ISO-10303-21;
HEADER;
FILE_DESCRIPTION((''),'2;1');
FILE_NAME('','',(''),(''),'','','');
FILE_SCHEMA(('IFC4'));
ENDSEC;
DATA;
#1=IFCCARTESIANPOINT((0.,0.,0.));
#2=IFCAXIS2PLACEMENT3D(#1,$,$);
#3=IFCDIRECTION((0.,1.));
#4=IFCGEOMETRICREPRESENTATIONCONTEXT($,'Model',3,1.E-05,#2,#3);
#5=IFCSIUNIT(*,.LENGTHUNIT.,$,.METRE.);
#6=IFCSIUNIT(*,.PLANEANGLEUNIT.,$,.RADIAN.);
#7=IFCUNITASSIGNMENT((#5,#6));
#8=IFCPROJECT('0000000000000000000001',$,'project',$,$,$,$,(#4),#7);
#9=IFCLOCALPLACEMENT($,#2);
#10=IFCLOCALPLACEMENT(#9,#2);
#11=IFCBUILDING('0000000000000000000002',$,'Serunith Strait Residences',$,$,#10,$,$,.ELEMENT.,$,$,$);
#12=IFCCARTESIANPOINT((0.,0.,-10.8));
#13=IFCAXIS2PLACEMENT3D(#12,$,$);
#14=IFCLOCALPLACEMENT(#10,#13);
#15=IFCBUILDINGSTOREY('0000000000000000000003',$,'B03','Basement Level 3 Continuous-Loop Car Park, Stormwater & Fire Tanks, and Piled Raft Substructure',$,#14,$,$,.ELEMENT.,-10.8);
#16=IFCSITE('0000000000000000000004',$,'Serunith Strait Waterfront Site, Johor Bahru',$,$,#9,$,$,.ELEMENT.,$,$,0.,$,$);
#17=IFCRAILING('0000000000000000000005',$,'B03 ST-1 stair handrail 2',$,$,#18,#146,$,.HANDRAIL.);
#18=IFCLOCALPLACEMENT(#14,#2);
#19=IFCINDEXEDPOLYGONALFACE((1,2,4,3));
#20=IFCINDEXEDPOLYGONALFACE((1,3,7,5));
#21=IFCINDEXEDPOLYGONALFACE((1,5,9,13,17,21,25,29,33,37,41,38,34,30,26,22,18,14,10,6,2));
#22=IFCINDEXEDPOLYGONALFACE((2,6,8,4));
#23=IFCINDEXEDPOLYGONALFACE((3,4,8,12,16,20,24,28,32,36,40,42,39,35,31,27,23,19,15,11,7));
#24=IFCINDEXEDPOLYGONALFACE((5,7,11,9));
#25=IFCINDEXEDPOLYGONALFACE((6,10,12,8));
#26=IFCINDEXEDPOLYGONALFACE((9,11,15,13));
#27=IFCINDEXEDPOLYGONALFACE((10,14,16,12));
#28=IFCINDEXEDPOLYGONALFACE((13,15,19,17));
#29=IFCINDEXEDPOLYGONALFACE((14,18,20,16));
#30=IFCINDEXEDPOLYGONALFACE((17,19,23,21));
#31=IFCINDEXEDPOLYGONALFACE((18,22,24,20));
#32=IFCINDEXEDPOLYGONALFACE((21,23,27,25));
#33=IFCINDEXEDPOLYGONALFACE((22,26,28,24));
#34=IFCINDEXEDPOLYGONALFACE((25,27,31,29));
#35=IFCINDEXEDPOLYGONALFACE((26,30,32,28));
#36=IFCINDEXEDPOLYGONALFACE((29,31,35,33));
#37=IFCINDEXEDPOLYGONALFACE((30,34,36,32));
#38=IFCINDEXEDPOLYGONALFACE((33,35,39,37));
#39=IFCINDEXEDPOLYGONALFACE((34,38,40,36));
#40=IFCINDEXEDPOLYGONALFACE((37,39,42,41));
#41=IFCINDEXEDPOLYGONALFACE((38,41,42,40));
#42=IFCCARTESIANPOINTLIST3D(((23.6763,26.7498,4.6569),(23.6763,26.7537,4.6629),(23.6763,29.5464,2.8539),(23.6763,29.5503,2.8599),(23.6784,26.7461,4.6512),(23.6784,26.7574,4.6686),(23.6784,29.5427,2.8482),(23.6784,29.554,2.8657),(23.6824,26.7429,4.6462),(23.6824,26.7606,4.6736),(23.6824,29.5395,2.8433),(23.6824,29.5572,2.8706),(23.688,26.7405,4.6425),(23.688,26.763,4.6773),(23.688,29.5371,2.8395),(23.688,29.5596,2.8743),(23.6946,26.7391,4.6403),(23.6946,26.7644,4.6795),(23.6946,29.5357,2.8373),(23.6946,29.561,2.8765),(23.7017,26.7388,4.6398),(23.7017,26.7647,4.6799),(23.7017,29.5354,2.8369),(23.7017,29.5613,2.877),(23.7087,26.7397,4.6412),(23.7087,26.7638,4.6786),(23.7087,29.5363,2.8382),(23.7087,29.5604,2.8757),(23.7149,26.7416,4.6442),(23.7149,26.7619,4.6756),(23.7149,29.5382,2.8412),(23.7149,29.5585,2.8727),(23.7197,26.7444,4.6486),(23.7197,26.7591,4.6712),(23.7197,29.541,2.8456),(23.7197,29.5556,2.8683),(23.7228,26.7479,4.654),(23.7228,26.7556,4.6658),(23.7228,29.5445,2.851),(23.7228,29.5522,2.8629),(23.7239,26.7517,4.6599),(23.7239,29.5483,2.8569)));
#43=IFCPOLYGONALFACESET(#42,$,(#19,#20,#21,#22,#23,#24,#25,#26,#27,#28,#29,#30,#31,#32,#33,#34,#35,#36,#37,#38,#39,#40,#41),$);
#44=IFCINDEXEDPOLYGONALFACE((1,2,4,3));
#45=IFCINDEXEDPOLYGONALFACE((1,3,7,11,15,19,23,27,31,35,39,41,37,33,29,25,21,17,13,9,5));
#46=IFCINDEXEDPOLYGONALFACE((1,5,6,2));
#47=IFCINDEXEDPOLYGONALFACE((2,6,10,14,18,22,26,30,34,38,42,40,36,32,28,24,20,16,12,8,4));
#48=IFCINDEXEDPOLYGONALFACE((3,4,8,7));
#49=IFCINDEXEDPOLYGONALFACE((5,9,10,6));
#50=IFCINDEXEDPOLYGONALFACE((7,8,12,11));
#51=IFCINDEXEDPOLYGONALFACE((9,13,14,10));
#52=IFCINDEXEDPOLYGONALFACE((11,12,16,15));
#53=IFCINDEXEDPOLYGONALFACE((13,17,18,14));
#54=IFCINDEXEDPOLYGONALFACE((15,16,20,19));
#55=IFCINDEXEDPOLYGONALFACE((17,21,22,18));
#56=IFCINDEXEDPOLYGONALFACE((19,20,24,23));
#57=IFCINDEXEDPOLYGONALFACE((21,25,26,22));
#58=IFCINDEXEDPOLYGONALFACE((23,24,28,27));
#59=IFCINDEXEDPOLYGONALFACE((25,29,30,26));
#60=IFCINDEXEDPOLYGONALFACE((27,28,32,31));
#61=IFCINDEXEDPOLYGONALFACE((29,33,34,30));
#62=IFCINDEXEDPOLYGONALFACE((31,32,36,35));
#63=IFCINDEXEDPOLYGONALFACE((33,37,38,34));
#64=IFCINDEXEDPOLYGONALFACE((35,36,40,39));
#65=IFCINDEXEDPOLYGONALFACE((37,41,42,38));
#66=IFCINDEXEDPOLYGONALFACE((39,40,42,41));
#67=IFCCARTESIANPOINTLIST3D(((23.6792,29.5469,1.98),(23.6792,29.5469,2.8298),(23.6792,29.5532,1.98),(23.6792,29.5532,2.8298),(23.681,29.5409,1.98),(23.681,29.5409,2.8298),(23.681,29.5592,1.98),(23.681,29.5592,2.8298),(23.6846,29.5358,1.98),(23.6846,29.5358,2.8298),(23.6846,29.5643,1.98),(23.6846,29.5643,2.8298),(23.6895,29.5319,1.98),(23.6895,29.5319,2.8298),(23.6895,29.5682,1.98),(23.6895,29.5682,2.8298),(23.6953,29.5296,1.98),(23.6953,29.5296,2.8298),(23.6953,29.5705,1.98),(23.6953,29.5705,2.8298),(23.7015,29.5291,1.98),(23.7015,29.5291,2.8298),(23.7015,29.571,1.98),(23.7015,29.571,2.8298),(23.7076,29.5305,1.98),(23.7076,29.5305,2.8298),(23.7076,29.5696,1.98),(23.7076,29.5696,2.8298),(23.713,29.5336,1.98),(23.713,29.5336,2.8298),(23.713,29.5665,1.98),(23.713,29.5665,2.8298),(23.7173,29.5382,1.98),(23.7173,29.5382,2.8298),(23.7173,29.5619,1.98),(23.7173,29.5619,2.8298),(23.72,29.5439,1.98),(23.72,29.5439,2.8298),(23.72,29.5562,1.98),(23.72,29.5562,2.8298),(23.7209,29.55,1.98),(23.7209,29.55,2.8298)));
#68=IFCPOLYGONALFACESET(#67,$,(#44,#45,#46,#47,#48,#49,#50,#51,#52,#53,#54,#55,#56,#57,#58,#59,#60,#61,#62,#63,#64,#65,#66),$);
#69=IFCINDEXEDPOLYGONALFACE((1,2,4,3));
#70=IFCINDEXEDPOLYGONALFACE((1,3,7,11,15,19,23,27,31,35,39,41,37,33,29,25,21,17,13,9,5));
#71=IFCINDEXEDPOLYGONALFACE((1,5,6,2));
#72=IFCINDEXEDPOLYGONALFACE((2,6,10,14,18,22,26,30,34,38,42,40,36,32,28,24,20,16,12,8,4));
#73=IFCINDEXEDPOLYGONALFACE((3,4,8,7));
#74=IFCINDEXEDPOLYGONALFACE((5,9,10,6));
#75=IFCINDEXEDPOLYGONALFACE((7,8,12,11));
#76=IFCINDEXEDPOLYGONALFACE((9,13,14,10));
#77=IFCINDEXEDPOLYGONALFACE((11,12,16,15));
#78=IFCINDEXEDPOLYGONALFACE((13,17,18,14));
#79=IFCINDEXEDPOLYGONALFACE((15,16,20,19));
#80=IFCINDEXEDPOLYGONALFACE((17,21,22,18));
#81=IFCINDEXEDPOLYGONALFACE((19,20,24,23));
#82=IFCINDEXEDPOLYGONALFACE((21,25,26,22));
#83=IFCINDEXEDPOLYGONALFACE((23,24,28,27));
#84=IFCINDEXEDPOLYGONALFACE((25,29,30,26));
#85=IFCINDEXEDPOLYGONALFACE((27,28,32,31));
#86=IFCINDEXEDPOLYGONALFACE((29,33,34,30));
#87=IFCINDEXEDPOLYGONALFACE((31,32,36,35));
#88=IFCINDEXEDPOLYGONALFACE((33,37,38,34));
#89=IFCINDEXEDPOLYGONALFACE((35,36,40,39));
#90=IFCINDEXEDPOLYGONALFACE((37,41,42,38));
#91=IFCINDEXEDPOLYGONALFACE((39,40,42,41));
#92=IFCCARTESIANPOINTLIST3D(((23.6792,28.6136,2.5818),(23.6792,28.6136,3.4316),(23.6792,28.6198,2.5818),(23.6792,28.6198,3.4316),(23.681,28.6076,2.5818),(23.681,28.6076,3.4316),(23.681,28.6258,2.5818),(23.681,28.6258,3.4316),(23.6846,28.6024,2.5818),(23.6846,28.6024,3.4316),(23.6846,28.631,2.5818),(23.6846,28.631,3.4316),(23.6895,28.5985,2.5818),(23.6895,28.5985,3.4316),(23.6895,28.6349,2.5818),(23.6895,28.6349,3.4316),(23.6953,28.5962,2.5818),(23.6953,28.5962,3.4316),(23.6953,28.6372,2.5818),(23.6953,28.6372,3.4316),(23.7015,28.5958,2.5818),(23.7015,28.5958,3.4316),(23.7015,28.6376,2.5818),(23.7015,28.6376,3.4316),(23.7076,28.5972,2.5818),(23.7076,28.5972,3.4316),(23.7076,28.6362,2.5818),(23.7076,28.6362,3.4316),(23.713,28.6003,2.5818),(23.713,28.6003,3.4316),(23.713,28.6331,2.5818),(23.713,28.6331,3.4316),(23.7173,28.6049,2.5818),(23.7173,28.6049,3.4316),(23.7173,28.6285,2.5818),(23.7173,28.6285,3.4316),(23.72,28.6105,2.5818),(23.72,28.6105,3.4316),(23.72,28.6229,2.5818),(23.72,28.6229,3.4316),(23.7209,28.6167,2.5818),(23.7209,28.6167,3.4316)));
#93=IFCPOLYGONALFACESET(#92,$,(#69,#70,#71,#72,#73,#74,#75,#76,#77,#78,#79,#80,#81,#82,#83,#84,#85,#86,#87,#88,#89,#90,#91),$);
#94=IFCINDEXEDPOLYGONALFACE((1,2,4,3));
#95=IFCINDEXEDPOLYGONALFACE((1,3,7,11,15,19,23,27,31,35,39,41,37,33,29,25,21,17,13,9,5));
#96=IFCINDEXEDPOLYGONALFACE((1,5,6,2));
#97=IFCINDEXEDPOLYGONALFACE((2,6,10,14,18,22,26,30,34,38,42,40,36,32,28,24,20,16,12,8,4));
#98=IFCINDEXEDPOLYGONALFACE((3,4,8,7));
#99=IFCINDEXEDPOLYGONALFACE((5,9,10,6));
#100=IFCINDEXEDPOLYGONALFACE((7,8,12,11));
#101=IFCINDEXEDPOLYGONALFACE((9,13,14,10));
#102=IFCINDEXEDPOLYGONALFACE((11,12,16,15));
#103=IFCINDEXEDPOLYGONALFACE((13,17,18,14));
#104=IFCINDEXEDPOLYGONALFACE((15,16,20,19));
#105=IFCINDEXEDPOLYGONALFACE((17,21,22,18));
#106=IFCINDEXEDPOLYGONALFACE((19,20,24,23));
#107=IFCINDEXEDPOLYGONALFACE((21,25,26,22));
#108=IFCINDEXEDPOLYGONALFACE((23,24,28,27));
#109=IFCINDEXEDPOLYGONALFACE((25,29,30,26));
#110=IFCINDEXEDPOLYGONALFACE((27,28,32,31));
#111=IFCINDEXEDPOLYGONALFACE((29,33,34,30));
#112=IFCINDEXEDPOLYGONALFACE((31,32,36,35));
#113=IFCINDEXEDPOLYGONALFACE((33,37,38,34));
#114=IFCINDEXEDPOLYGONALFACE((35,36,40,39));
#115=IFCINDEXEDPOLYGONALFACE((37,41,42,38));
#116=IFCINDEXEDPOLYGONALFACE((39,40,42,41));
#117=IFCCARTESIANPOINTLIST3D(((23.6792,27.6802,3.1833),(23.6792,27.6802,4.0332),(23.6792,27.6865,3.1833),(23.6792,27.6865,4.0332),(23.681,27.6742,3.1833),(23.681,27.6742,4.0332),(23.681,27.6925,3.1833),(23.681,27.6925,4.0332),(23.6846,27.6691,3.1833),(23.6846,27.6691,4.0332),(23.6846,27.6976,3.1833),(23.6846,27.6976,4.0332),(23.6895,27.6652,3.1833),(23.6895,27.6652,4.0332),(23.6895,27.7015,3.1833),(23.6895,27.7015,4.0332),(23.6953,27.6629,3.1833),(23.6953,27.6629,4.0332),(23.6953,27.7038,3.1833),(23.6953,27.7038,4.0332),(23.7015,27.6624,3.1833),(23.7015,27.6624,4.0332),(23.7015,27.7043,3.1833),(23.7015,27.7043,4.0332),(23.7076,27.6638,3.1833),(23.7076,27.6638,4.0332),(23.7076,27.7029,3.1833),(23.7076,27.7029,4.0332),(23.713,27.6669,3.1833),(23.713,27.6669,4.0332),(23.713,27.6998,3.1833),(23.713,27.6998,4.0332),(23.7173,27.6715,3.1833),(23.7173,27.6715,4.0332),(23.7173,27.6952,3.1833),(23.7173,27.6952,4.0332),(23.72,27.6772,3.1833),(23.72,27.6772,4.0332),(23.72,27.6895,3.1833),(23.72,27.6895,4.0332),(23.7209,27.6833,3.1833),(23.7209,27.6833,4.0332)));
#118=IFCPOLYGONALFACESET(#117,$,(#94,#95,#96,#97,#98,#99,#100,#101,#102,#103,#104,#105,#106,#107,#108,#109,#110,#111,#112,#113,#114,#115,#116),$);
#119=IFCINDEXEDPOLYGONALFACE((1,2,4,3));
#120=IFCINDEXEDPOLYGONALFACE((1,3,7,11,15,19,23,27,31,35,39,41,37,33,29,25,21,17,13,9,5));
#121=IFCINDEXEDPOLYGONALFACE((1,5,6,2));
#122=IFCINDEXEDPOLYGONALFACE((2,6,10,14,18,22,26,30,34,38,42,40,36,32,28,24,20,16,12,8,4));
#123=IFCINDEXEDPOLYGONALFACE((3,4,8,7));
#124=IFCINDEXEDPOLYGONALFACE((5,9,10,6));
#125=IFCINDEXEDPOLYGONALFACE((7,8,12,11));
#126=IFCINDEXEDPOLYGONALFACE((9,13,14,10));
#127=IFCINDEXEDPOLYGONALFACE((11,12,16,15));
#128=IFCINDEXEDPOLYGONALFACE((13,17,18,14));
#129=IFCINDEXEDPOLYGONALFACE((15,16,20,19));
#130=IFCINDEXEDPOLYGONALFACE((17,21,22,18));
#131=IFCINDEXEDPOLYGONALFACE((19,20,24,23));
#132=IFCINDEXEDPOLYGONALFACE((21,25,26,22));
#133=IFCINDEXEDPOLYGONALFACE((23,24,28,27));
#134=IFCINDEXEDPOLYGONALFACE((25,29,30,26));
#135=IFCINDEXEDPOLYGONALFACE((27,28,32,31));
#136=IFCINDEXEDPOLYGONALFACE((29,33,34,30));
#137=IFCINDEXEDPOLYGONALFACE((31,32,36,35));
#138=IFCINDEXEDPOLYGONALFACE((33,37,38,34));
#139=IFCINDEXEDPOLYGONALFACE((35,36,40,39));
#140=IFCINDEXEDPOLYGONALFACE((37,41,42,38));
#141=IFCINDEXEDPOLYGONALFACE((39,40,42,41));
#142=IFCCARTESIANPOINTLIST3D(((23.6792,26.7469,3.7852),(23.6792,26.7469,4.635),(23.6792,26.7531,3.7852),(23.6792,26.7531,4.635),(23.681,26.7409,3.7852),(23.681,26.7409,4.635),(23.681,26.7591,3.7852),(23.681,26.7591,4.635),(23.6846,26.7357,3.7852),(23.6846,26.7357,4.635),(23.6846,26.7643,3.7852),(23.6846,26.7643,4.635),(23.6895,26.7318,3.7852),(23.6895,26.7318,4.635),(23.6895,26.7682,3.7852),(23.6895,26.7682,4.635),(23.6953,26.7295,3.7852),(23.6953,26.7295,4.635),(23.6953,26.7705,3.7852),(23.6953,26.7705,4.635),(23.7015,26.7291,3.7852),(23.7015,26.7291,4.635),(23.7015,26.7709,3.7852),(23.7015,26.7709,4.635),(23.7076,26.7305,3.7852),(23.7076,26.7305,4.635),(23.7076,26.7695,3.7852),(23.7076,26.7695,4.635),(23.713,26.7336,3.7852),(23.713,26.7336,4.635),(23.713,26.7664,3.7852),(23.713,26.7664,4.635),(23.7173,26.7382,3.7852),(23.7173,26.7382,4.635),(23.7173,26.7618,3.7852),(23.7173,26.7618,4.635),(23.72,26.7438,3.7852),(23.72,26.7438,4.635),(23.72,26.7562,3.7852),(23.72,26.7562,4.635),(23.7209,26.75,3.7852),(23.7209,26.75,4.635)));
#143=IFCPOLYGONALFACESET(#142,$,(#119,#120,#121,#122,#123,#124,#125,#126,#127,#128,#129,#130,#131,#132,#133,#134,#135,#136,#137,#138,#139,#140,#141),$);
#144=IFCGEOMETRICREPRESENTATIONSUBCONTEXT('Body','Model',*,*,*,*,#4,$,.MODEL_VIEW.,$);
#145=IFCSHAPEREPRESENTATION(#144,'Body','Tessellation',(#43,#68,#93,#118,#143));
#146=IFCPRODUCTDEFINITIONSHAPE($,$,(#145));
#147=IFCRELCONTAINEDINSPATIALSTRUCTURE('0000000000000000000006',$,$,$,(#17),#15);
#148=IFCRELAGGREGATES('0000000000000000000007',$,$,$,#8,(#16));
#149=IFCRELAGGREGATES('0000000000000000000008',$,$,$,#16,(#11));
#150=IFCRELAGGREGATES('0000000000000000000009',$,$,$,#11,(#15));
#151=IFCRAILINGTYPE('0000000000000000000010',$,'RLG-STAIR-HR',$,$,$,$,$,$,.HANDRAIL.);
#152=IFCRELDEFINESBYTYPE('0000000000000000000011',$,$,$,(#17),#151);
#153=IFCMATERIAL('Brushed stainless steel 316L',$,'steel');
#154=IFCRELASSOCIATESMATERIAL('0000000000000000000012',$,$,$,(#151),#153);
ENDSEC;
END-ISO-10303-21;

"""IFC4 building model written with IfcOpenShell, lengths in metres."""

from ifc_helpers import new_model, si_unit, direction, frame, origin, origin_2d, place, context, subcontext, project, spatial, circle, extrude, material, type_object, element, save


model = new_model("IFC4")

# Units and contexts
model_context = context("Model", 3, precision=1e-05, world=origin(), true_north=direction((0.0, 1.0)))
body_context = subcontext(model_context, "Body", "Model", "MODEL_VIEW")
ifc_project = project(units=[si_unit("LENGTHUNIT", "METRE"), si_unit("PLANEANGLEUNIT", "RADIAN")], contexts=[model_context])

# Site, building, storey
site_placement = place(None, origin())
site = spatial("IfcSite", under=ifc_project, at=site_placement, Name="Serunith Strait Waterfront Site, Johor Bahru", CompositionType="ELEMENT", RefElevation=0.0)
building_placement = place(site_placement, origin())
building = spatial("IfcBuilding", under=site, at=building_placement, Name="Serunith Strait Residences", CompositionType="ELEMENT")
storey_placement = place(building_placement, frame((0.0, 0.0, -10.8)))
storey = spatial("IfcBuildingStorey", under=building, at=storey_placement, Name="B03", Description="Basement Level 3 Continuous-Loop Car Park, Stormwater & Fire Tanks, and Piled Raft Substructure", CompositionType="ELEMENT", Elevation=-10.8)

# Railing
ifc_material_1 = material(Name="Brushed stainless steel 316L", Category="steel")
railing_type_1 = type_object("IfcRailingType", Name="RLG-STAIR-HR", PredefinedType="HANDRAIL", material=ifc_material_1)
railing_1_placement = place(storey_placement, frame((23.7, 29.55, 1.98)))
element("IfcRailing", 1, at=railing_1_placement, inside=storey, type_object=railing_type_1, Name="B03 ST-1 stair handrail 2", PredefinedType="HANDRAIL", context=body_context, shape_type="SweptSolid", body=[
    extrude(circle(Radius=0.0239, at=origin_2d()), frame((0.0, -0.0017, 0.877), z_axis=(0.0, -0.840475, 0.54185), x_axis=(1.0, 0.0, 0.0)), (0.0, 0.0, 1.0), 3.3274),
    extrude(circle(Radius=0.021, at=origin_2d()), origin(), (0.0, 0.0, 1.0), 0.8499),
    extrude(circle(Radius=0.021, at=origin_2d()), frame((0.0, -0.9333, 0.6018)), (0.0, 0.0, 1.0), 0.8499),
    extrude(circle(Radius=0.021, at=origin_2d()), frame((0.0, -1.8667, 1.2034)), (0.0, 0.0, 1.0), 0.8499),
    extrude(circle(Radius=0.021, at=origin_2d()), frame((0.0, -2.8, 1.8052)), (0.0, 0.0, 1.0), 0.8499),
])

save(model, "model.ifc")
